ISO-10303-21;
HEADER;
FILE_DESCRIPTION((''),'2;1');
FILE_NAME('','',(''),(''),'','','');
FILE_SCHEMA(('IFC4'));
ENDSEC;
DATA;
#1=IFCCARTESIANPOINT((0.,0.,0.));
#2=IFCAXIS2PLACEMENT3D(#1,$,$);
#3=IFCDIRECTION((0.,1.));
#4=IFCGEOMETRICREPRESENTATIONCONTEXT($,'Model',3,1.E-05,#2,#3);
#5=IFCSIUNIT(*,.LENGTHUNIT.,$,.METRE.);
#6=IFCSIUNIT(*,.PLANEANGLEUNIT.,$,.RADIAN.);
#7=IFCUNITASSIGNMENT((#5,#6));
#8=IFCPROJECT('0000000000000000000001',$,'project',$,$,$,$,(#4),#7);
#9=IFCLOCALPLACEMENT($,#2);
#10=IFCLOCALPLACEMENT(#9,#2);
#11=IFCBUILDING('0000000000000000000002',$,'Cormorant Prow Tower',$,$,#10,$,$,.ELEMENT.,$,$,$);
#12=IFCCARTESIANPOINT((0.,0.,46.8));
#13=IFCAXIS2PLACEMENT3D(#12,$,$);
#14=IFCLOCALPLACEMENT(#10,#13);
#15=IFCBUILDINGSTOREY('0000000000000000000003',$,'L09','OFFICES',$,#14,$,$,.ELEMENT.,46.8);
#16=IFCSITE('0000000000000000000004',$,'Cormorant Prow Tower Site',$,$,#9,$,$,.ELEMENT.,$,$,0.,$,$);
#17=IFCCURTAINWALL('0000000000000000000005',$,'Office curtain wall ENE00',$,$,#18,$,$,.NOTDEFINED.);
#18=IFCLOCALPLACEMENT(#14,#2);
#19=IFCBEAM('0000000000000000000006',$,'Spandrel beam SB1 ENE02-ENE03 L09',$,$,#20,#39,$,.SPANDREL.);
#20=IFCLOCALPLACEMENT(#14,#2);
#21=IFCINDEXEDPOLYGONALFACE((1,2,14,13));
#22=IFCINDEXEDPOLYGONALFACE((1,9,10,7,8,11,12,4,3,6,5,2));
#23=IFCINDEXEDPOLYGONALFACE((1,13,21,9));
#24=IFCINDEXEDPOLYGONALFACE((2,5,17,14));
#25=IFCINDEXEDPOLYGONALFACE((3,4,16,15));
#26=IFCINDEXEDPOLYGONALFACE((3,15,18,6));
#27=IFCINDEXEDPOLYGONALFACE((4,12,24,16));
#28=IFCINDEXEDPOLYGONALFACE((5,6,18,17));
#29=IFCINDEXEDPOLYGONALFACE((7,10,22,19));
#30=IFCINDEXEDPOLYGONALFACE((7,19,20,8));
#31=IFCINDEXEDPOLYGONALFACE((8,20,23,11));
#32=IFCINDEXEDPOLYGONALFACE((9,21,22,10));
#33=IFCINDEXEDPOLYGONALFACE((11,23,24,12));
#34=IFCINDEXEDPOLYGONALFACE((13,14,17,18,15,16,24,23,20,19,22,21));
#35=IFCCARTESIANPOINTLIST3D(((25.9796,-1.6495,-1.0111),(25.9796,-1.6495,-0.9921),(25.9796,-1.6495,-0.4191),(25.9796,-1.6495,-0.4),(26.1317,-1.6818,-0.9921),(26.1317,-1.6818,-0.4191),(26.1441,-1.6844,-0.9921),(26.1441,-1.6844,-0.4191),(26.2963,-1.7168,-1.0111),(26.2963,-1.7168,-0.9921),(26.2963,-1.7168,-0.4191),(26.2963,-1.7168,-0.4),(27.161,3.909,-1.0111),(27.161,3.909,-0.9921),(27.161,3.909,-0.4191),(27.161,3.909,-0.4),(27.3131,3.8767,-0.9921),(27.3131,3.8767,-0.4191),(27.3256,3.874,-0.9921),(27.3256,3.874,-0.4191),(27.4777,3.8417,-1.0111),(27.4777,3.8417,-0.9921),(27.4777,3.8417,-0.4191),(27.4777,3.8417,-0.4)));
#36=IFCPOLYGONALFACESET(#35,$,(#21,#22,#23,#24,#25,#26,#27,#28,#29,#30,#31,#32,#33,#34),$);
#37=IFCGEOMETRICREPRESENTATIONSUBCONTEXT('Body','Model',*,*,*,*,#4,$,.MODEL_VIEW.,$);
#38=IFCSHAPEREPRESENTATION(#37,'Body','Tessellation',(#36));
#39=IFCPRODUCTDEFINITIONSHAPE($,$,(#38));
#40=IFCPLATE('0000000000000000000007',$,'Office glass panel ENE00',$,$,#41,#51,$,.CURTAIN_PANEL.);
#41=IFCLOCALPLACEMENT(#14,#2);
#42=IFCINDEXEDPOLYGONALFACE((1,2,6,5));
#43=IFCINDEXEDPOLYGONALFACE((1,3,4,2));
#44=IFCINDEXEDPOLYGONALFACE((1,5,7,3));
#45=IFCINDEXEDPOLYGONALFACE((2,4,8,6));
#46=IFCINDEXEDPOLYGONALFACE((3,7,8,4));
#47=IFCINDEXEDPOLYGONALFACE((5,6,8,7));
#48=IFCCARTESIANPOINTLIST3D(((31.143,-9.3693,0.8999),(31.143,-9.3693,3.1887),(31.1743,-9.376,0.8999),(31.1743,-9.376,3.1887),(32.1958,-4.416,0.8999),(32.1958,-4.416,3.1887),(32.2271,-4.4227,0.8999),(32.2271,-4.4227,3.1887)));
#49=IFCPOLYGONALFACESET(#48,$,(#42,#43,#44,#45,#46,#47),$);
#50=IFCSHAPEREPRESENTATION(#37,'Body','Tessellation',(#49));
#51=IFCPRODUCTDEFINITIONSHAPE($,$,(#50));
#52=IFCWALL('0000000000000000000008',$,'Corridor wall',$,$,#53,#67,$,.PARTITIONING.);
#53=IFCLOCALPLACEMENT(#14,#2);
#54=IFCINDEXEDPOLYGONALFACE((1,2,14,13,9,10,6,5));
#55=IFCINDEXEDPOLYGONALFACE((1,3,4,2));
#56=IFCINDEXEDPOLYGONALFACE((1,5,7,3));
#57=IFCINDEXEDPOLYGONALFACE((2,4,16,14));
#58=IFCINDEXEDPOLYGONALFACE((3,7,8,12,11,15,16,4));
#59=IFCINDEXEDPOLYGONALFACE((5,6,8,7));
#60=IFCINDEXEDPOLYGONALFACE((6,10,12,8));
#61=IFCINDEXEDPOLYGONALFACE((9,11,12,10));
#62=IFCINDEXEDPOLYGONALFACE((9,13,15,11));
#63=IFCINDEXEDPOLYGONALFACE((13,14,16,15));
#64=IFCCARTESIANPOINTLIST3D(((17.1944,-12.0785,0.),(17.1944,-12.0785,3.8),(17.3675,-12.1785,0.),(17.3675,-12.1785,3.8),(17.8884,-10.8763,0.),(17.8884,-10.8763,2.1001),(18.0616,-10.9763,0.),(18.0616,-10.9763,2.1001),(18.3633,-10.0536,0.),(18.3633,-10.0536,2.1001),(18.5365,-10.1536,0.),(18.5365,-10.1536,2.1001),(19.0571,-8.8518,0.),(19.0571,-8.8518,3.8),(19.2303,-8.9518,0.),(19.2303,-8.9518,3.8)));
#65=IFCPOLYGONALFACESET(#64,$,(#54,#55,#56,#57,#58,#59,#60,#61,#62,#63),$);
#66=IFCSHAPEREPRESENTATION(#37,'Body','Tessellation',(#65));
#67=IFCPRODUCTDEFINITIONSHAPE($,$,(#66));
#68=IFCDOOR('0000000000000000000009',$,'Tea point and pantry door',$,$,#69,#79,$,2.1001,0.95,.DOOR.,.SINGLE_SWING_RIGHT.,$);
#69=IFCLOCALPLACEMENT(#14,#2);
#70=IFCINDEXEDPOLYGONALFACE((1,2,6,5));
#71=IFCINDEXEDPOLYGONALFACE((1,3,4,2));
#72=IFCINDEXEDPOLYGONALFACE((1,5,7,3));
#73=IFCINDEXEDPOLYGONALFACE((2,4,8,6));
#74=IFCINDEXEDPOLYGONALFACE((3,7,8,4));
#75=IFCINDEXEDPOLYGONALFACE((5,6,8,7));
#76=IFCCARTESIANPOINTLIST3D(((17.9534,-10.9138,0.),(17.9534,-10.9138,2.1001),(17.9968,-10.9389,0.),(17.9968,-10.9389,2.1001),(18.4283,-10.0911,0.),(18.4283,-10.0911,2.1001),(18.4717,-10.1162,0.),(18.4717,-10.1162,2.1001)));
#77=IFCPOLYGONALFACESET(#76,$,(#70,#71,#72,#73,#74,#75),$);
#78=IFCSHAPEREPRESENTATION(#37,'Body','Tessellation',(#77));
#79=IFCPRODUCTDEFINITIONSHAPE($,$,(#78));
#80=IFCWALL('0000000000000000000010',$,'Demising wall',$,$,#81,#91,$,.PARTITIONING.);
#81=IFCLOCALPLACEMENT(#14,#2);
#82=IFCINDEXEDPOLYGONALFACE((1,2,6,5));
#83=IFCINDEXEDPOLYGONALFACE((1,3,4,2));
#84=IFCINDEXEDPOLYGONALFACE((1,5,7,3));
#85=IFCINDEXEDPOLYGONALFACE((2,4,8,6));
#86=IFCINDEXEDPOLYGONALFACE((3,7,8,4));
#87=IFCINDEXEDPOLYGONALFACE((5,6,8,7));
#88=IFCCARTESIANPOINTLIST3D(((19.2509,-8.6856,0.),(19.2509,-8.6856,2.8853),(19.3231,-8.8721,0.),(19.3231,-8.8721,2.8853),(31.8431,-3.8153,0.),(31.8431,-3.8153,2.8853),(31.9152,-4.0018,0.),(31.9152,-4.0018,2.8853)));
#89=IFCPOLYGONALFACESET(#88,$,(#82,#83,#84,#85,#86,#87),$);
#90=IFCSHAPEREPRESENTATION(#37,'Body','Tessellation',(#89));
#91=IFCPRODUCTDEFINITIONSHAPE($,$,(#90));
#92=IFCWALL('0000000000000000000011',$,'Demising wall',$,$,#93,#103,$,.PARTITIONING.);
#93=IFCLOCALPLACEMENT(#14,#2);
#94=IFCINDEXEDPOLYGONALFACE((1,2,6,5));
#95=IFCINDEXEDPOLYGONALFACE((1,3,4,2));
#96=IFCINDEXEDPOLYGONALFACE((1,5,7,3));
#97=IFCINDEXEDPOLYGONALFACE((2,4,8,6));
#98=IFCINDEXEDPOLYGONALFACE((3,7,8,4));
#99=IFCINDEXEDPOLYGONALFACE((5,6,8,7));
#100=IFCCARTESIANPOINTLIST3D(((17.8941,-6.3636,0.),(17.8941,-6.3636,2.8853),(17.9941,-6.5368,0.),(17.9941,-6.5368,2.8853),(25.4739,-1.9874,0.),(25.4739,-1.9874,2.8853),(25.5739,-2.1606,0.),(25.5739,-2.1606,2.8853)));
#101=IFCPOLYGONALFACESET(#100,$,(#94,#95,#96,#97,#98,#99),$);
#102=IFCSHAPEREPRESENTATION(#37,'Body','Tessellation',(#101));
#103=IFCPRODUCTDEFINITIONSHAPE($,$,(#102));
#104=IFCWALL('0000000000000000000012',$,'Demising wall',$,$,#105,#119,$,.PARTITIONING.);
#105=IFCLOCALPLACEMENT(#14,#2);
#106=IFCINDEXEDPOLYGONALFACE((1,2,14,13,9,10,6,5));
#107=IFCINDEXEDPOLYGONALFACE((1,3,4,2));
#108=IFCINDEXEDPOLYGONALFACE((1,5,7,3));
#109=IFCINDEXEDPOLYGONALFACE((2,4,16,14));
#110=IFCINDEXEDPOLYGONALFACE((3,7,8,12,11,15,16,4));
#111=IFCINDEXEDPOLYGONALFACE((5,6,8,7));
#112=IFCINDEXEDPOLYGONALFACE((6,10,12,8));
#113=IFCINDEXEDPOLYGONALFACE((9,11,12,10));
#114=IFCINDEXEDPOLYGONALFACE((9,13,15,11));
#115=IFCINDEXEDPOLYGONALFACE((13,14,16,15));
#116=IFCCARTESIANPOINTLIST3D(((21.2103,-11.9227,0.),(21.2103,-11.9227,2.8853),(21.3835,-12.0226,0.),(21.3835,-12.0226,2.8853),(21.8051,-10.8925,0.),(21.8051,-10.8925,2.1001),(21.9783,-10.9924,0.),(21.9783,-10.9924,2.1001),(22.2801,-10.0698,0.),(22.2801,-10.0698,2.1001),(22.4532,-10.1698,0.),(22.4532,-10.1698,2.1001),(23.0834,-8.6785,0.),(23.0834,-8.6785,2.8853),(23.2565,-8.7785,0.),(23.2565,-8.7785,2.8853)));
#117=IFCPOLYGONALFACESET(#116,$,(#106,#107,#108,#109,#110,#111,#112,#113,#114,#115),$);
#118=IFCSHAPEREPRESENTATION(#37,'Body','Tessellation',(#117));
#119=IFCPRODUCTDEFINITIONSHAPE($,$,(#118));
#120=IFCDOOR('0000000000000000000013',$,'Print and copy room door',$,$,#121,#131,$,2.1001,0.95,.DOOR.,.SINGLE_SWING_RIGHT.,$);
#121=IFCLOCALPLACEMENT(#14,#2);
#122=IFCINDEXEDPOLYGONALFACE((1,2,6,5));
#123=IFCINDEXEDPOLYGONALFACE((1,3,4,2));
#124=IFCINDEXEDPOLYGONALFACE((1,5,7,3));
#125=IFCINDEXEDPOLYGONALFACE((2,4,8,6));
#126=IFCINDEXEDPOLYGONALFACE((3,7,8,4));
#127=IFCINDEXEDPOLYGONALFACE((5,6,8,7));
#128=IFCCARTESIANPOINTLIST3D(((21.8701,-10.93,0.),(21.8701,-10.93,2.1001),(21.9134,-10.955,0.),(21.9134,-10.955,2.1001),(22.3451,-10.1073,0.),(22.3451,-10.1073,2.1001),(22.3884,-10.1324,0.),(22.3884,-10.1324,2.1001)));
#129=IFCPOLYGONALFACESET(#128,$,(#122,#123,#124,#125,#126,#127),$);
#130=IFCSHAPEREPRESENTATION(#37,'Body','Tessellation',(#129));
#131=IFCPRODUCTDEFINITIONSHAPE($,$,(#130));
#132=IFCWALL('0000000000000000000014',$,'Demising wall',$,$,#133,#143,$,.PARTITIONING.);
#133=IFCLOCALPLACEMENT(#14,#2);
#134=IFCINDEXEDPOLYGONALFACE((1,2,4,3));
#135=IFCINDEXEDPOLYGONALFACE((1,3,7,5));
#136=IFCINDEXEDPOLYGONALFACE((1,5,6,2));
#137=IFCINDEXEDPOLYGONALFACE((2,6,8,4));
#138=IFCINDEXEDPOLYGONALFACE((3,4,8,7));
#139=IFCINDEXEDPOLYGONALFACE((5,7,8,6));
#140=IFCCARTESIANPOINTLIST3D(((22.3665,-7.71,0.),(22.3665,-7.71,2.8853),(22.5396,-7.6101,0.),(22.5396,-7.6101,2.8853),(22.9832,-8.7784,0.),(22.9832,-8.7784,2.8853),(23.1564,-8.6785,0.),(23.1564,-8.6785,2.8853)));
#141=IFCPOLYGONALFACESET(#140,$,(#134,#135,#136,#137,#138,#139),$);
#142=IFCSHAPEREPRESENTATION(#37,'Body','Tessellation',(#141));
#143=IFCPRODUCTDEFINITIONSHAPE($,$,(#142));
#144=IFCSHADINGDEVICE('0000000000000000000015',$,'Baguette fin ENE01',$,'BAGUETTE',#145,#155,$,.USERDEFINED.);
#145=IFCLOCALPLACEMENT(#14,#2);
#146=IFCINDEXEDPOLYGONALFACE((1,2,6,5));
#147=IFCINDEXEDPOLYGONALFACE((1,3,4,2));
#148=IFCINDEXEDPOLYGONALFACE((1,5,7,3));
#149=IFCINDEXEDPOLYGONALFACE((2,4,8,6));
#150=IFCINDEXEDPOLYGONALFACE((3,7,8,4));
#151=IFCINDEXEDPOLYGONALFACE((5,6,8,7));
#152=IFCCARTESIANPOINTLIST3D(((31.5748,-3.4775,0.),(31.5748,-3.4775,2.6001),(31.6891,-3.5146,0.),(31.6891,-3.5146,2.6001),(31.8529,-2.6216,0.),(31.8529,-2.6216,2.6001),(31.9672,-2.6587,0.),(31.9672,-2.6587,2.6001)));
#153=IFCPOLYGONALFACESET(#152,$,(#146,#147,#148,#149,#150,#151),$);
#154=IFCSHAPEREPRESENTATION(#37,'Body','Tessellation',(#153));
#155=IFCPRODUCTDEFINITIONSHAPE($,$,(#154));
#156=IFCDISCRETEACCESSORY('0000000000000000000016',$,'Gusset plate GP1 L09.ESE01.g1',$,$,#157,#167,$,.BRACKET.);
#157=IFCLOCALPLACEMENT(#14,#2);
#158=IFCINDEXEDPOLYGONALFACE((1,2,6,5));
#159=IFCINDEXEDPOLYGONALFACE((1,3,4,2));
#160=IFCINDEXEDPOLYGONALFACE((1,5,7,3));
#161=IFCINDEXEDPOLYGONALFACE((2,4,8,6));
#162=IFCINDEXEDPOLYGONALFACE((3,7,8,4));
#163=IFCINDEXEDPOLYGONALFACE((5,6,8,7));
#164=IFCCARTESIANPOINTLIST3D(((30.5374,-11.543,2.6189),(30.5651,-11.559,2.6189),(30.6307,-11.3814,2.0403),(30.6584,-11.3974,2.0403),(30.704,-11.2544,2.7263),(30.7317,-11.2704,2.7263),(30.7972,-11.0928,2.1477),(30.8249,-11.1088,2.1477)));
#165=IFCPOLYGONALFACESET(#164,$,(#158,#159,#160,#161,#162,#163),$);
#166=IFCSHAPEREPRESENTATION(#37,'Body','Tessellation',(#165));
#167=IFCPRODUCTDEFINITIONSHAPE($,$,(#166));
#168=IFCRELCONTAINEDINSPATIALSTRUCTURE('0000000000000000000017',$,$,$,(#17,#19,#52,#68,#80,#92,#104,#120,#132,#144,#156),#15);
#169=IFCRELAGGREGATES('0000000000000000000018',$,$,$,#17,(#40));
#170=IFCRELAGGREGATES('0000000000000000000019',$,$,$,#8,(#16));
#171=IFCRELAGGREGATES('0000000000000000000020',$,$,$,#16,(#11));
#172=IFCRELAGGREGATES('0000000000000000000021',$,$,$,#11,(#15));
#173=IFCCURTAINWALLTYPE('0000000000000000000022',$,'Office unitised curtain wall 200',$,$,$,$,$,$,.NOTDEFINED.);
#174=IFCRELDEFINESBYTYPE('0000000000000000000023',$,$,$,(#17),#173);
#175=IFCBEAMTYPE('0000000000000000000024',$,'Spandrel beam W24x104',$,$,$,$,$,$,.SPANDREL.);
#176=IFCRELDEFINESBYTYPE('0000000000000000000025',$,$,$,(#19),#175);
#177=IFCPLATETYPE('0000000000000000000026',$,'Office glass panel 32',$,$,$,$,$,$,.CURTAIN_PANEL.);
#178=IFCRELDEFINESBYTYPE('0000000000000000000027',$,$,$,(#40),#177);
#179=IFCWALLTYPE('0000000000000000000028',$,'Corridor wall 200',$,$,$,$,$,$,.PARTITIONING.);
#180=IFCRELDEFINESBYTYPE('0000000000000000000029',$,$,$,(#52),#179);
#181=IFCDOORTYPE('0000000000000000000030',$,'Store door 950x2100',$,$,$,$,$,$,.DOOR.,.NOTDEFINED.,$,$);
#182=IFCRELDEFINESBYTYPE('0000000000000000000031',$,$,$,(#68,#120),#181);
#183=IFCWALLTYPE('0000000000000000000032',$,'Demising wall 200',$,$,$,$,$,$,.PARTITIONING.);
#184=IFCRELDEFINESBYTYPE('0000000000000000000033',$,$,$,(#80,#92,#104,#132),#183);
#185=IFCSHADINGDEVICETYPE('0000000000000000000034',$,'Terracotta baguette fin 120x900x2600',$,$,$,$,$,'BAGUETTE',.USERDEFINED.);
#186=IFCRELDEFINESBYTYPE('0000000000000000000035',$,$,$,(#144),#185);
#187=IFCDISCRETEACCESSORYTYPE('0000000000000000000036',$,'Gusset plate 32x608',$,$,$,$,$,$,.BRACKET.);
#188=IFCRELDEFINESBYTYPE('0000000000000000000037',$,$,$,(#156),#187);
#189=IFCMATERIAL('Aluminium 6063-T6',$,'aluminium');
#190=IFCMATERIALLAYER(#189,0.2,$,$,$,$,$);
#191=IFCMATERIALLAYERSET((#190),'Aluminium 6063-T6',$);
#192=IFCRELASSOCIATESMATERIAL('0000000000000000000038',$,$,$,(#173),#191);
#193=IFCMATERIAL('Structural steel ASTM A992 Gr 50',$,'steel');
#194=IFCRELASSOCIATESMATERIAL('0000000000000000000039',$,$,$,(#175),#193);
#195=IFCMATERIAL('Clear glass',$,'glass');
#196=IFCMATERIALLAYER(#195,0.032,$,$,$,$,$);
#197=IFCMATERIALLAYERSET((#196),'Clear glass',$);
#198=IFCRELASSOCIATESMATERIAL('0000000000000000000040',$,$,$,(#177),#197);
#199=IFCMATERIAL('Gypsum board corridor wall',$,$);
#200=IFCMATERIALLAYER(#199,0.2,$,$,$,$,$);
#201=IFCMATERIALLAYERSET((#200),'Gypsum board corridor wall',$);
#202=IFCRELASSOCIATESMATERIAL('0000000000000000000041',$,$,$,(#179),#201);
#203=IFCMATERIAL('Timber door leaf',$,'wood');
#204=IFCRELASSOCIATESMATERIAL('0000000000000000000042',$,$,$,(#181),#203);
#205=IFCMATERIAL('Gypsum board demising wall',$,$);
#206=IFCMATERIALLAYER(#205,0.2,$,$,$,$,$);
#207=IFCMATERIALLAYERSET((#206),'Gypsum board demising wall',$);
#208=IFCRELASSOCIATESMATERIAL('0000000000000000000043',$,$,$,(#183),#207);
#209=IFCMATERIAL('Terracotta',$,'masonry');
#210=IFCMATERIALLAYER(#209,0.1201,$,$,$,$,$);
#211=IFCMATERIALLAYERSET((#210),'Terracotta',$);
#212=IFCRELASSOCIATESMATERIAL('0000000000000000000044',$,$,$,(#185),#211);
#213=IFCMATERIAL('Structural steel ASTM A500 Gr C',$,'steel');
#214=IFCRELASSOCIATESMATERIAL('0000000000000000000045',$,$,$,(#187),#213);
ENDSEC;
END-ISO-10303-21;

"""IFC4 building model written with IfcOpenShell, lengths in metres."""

from ifc_helpers import new_model, si_unit, direction, frame, frame_2d, origin, origin_2d, place, context, subcontext, project, spatial, rectangle, i_section, extrude, material, layer, layer_set, material_profile, profile_set, type_object, element, fill, aggregate, save


model = new_model("IFC4")

# Units and contexts
model_context = context("Model", 3, precision=1e-05, world=origin(), true_north=direction((0.0, 1.0)))
body_context = subcontext(model_context, "Body", "Model", "MODEL_VIEW")
ifc_project = project(units=[si_unit("LENGTHUNIT", "METRE"), si_unit("PLANEANGLEUNIT", "RADIAN")], contexts=[model_context])

# Site, building, storey
site_placement = place(None, origin())
site = spatial("IfcSite", under=ifc_project, at=site_placement, Name="Cormorant Prow Tower Site", CompositionType="ELEMENT", RefElevation=0.0)
building_placement = place(site_placement, origin())
building = spatial("IfcBuilding", under=site, at=building_placement, Name="Cormorant Prow Tower", CompositionType="ELEMENT")
storey_placement = place(building_placement, frame((0.0, 0.0, 46.8)))
storey = spatial("IfcBuildingStorey", under=building, at=storey_placement, Name="L09", Description="OFFICES", CompositionType="ELEMENT", Elevation=46.8)

# Curtain wall
ifc_material_1 = material(Name="Aluminium 6063-T6", Category="aluminium")
ifc_layer_1 = layer(ifc_material_1, 0.2)
ifc_layer_set_1 = layer_set([ifc_layer_1], Name="Aluminium 6063-T6")
curtain_wall_type = type_object("IfcCurtainWallType", Name="Office unitised curtain wall 200", PredefinedType="NOTDEFINED", material=ifc_layer_set_1)
curtain_wall_1_placement = place(storey_placement, origin())
curtain_wall_1 = element("IfcCurtainWall", 1, at=curtain_wall_1_placement, inside=storey, type_object=curtain_wall_type, Name="Office curtain wall ENE00", PredefinedType="NOTDEFINED")

# Beam
ifc_material_2 = material(Name="Structural steel ASTM A992 Gr 50", Category="steel")
ifc_material_profile_1 = material_profile(ifc_material_2, i_section(OverallWidth=0.3237, OverallDepth=0.6111, WebThickness=0.0127, FlangeThickness=0.019, at=origin_2d()), Name="W24x104")
ifc_profile_set_1 = profile_set([ifc_material_profile_1], Name="Structural steel ASTM A992 Gr 50")
beam_type = type_object("IfcBeamType", Name="Spandrel beam W24x104", PredefinedType="SPANDREL", material=ifc_profile_set_1)
beam_1_placement = place(storey_placement, frame((26.1379, -1.6831, -0.7056), z_axis=(0.2079, 0.97815, 0.0), x_axis=(-0.97815, 0.2079, 0.0)))
element("IfcBeam", 2, at=beam_1_placement, inside=storey, type_object=beam_type, Name="Spandrel beam SB1 ENE02-ENE03 L09", PredefinedType="SPANDREL", context=body_context, shape_type="SweptSolid", body=[
    extrude(i_section(OverallWidth=0.3237, OverallDepth=0.6111, WebThickness=0.0127, FlangeThickness=0.019, at=origin_2d()), origin(), (0.0, 0.0, 1.0), 5.6826),
])

# Plate
ifc_material_3 = material(Name="Clear glass", Category="glass")
ifc_layer_2 = layer(ifc_material_3, 0.032)
ifc_layer_set_2 = layer_set([ifc_layer_2], Name="Clear glass")
plate_type = type_object("IfcPlateType", Name="Office glass panel 32", PredefinedType="CURTAIN_PANEL", material=ifc_layer_set_2)
plate_placement = place(storey_placement, frame((31.6851, -6.896, 0.8999), z_axis=(0.0, 0.0, 1.0), x_axis=(0.207912, 0.978148, 0.0)))
plate = element("IfcPlate", 3, at=plate_placement, type_object=plate_type, Name="Office glass panel ENE00", PredefinedType="CURTAIN_PANEL", context=body_context, shape_type="SweptSolid", body=[
    extrude(rectangle(XDim=5.064, YDim=0.032, at=origin_2d()), origin(), (0.0, 0.0, 1.0), 2.2888),
])
aggregate(curtain_wall_1, [plate])

# Wall, opening, door
ifc_material_4 = material(Name="Gypsum board corridor wall")
ifc_layer_3 = layer(ifc_material_4, 0.2)
ifc_layer_set_3 = layer_set([ifc_layer_3], Name="Gypsum board corridor wall")
wall_type_1 = type_object("IfcWallType", Name="Corridor wall 200", PredefinedType="PARTITIONING", material=ifc_layer_set_3)
wall_1_placement = place(storey_placement, frame((17.281, -12.1284, 0.0), z_axis=(0.0, 0.0, 1.0), x_axis=(0.499959, 0.866049, 0.0)))
wall_1 = element("IfcWall", 4, at=wall_1_placement, inside=storey, type_object=wall_type_1, Name="Corridor wall", PredefinedType="PARTITIONING", context=body_context, shape_type="SweptSolid", body=[
    extrude(rectangle(XDim=3.7258, YDim=0.2, at=frame_2d((1.8628, 0.0))), origin(), (0.0, 0.0, 1.0), 3.8),
])
opening_1_placement = place(wall_1_placement, frame((1.3879, 0.0, 0.0)))
opening_1 = element("IfcOpeningElement", 5, at=opening_1_placement, cuts=wall_1, PredefinedType="OPENING", context=body_context, shape_type="SweptSolid", body=[
    extrude(rectangle(XDim=0.95, YDim=2.1001, at=frame_2d((0.4751, 1.05))), frame((0.0, 0.1099, 0.0), z_axis=(0.0, -1.0, 0.0), x_axis=(1.0, 0.0, 0.0)), (0.0, 0.0, 1.0), 0.22),
])
ifc_material_5 = material(Name="Timber door leaf", Category="wood")
door_type_1 = type_object("IfcDoorType", Name="Store door 950x2100", OperationType="NOTDEFINED", PredefinedType="DOOR", material=ifc_material_5)
door_1_placement = place(opening_1_placement, origin())
door_1 = element("IfcDoor", 6, at=door_1_placement, inside=storey, type_object=door_type_1, Name="Tea point and pantry door", OperationType="SINGLE_SWING_RIGHT", OverallHeight=2.1001, OverallWidth=0.95, PredefinedType="DOOR", context=body_context, shape_type="SweptSolid", body=[
    extrude(rectangle(XDim=0.95, YDim=2.1001, at=frame_2d((0.4751, 1.05))), frame((0.0, 0.0249, 0.0), z_axis=(0.0, -1.0, 0.0), x_axis=(1.0, 0.0, 0.0)), (0.0, 0.0, 1.0), 0.05),
])
fill(opening_1, door_1)

# Walls
ifc_material_6 = material(Name="Gypsum board demising wall")
ifc_layer_4 = layer(ifc_material_6, 0.2)
ifc_layer_set_4 = layer_set([ifc_layer_4], Name="Gypsum board demising wall")
wall_type_2 = type_object("IfcWallType", Name="Demising wall 200", PredefinedType="PARTITIONING", material=ifc_layer_set_4)
wall_2_placement = place(storey_placement, frame((19.2871, -8.7788, 0.0), z_axis=(0.0, 0.0, 1.0), x_axis=(0.93267, 0.360732, 0.0)))
element("IfcWall", 7, at=wall_2_placement, inside=storey, type_object=wall_type_2, Name="Demising wall", PredefinedType="PARTITIONING", context=body_context, shape_type="SweptSolid", body=[
    extrude(rectangle(XDim=13.5012, YDim=0.2, at=frame_2d((6.7505, 0.0))), origin(), (0.0, 0.0, 1.0), 2.8853),
])
wall_3_placement = place(storey_placement, frame((17.9441, -6.4502, 0.0), z_axis=(0.0, 0.0, 1.0), x_axis=(0.866025, 0.5, 0.0)))
element("IfcWall", 8, at=wall_3_placement, inside=storey, type_object=wall_type_2, Name="Demising wall", PredefinedType="PARTITIONING", context=body_context, shape_type="SweptSolid", body=[
    extrude(rectangle(XDim=8.7524, YDim=0.2, at=frame_2d((4.3762, 0.0))), origin(), (0.0, 0.0, 1.0), 2.8853),
])

# Wall, opening, door
wall_4_placement = place(storey_placement, frame((21.2969, -11.9727, 0.0), z_axis=(0.0, 0.0, 1.0), x_axis=(0.500008, 0.866021, 0.0)))
wall_4 = element("IfcWall", 9, at=wall_4_placement, inside=storey, type_object=wall_type_2, Name="Demising wall", PredefinedType="PARTITIONING", context=body_context, shape_type="SweptSolid", body=[
    extrude(rectangle(XDim=3.7461, YDim=0.2, at=frame_2d((1.873, 0.0))), origin(), (0.0, 0.0, 1.0), 2.8853),
])
opening_2_placement = place(wall_4_placement, frame((1.1895, 0.0, 0.0)))
opening_2 = element("IfcOpeningElement", 10, at=opening_2_placement, cuts=wall_4, PredefinedType="OPENING", context=body_context, shape_type="SweptSolid", body=[
    extrude(rectangle(XDim=0.95, YDim=2.1001, at=frame_2d((0.4751, 1.05))), frame((0.0, 0.1099, 0.0), z_axis=(0.0, -1.0, 0.0), x_axis=(1.0, 0.0, 0.0)), (0.0, 0.0, 1.0), 0.22),
])
door_2_placement = place(opening_2_placement, origin())
door_2 = element("IfcDoor", 11, at=door_2_placement, inside=storey, type_object=door_type_1, Name="Print and copy room door", OperationType="SINGLE_SWING_RIGHT", OverallHeight=2.1001, OverallWidth=0.95, PredefinedType="DOOR", context=body_context, shape_type="SweptSolid", body=[
    extrude(rectangle(XDim=0.95, YDim=2.1001, at=frame_2d((0.4751, 1.05))), frame((0.0, 0.0249, 0.0), z_axis=(0.0, -1.0, 0.0), x_axis=(1.0, 0.0, 0.0)), (0.0, 0.0, 1.0), 0.05),
])
fill(opening_2, door_2)

# Wall
wall_5_placement = place(storey_placement, frame((22.4531, -7.6602, 0.0), z_axis=(0.0, 0.0, 1.0), x_axis=(0.499928, -0.866067, 0.0)))
element("IfcWall", 12, at=wall_5_placement, inside=storey, type_object=wall_type_2, Name="Demising wall", PredefinedType="PARTITIONING", context=body_context, shape_type="SweptSolid", body=[
    extrude(rectangle(XDim=1.2336, YDim=0.2, at=frame_2d((0.6167, 0.0))), origin(), (0.0, 0.0, 1.0), 2.8853),
])

# Shading device
ifc_material_7 = material(Name="Terracotta", Category="masonry")
ifc_layer_5 = layer(ifc_material_7, 0.1201)
ifc_layer_set_5 = layer_set([ifc_layer_5], Name="Terracotta")
shading_device_type = type_object("IfcShadingDeviceType", Name="Terracotta baguette fin 120x900x2600", ElementType="BAGUETTE", PredefinedType="USERDEFINED", material=ifc_layer_set_5)
shading_device_placement = place(storey_placement, frame((31.771, -3.0681, 0.0), z_axis=(0.0, 0.0, 1.0), x_axis=(-0.951057, 0.309017, 0.0)))
element("IfcShadingDevice", 13, at=shading_device_placement, inside=storey, type_object=shading_device_type, Name="Baguette fin ENE01", ObjectType="BAGUETTE", PredefinedType="USERDEFINED", context=body_context, shape_type="SweptSolid", body=[
    extrude(rectangle(XDim=0.1201, YDim=0.8999, at=origin_2d()), origin(), (0.0, 0.0, 1.0), 2.6001),
])

# Discrete accessory
ifc_material_8 = material(Name="Structural steel ASTM A500 Gr C", Category="steel")
ifc_material_profile_2 = material_profile(ifc_material_8, rectangle(XDim=0.032, YDim=0.6079, at=origin_2d()), Name="Gusset plate 32x608")
ifc_profile_set_2 = profile_set([ifc_material_profile_2], Name="Structural steel ASTM A500 Gr C")
discrete_accessory_type = type_object("IfcDiscreteAccessoryType", Name="Gusset plate 32x608", PredefinedType="BRACKET", material=ifc_profile_set_2)
discrete_accessory_placement = place(storey_placement, frame((30.5979, -11.4702, 2.3296), z_axis=(0.475652, 0.82437, 0.306872), x_axis=(-0.866161, 0.499765, 0.0)))
element("IfcDiscreteAccessory", 14, at=discrete_accessory_placement, inside=storey, type_object=discrete_accessory_type, Name="Gusset plate GP1 L09.ESE01.g1", PredefinedType="BRACKET", context=body_context, shape_type="SweptSolid", body=[
    extrude(rectangle(XDim=0.032, YDim=0.6079, at=origin_2d()), origin(), (0.0, 0.0, 1.0), 0.3501),
])

save(model, "model.ifc")
